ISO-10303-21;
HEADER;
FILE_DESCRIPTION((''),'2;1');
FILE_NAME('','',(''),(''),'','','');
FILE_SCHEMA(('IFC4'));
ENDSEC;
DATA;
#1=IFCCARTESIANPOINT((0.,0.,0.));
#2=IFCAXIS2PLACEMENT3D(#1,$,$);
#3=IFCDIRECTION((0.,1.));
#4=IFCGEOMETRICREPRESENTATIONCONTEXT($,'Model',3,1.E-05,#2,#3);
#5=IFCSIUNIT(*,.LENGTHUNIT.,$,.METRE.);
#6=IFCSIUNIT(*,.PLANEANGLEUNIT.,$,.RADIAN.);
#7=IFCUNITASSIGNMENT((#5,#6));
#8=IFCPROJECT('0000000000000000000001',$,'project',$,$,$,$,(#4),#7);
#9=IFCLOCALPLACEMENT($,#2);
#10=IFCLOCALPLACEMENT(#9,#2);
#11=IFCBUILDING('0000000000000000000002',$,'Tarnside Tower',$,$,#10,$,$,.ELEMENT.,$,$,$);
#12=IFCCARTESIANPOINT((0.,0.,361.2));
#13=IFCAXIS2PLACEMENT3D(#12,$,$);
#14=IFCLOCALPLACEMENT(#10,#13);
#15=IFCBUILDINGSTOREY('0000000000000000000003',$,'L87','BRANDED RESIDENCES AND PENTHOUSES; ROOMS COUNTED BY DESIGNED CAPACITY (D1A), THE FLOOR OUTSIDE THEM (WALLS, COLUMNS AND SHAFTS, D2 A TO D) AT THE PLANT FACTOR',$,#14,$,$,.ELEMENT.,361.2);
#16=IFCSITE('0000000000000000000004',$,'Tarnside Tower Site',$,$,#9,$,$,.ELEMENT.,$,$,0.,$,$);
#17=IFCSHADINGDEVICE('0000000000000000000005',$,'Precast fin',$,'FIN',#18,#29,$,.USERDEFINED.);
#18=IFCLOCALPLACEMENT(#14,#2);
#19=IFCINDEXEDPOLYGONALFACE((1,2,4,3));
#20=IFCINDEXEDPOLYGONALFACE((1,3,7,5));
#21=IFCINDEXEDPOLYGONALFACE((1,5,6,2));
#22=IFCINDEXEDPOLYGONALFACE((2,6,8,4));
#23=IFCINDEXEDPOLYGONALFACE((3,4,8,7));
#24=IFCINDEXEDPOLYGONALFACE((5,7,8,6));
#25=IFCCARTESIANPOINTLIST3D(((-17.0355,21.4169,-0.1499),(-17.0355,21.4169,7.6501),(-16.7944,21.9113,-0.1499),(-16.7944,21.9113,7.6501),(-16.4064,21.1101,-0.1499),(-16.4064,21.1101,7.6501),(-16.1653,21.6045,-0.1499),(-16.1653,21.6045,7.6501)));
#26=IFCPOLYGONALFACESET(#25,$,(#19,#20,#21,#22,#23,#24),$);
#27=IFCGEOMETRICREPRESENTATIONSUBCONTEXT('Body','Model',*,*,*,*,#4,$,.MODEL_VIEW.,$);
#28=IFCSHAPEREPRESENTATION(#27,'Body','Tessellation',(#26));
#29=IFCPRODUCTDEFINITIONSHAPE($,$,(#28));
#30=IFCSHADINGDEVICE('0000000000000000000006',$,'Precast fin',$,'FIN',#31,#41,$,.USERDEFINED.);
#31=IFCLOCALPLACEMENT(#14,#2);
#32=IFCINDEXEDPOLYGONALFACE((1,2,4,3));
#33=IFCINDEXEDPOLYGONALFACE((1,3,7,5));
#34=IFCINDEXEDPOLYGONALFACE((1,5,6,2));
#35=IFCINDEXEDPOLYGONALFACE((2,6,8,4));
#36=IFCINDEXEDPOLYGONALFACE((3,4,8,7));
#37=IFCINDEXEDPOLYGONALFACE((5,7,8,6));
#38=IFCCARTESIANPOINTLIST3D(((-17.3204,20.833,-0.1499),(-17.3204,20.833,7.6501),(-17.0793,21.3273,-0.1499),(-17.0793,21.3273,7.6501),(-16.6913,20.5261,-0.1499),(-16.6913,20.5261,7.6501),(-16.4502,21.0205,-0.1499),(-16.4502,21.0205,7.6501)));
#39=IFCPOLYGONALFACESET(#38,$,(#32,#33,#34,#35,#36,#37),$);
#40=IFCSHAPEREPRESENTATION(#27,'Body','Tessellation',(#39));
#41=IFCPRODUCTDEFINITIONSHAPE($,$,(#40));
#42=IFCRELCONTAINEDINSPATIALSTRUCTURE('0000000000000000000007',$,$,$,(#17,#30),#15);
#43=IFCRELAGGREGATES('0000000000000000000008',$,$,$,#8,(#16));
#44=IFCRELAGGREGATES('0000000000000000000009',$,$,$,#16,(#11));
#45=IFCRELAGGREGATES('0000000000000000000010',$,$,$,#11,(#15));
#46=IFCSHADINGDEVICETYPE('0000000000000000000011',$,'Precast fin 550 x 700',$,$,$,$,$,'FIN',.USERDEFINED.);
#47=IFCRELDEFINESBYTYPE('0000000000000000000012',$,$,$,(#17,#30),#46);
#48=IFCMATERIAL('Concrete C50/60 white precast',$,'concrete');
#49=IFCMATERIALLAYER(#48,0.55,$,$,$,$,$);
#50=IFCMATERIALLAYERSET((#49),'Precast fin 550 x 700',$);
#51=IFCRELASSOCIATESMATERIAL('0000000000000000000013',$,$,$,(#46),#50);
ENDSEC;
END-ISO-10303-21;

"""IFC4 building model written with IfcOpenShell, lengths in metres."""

from ifc_helpers import new_model, si_unit, direction, frame, origin, place, context, subcontext, project, spatial, polyline, outline, extrude, material, layer, layer_set, type_object, element, save


model = new_model("IFC4")

# Units and contexts
model_context = context("Model", 3, precision=1e-05, world=origin(), true_north=direction((0.0, 1.0)))
body_context = subcontext(model_context, "Body", "Model", "MODEL_VIEW")
ifc_project = project(units=[si_unit("LENGTHUNIT", "METRE"), si_unit("PLANEANGLEUNIT", "RADIAN")], contexts=[model_context])

# Site, building, storey
site_placement = place(None, origin())
site = spatial("IfcSite", under=ifc_project, at=site_placement, Name="Tarnside Tower Site", CompositionType="ELEMENT", RefElevation=0.0)
building_placement = place(site_placement, origin())
building = spatial("IfcBuilding", under=site, at=building_placement, Name="Tarnside Tower", CompositionType="ELEMENT")
storey_placement = place(building_placement, frame((0.0, 0.0, 361.2)))
storey = spatial("IfcBuildingStorey", under=building, at=storey_placement, Name="L87", Description="BRANDED RESIDENCES AND PENTHOUSES; ROOMS COUNTED BY DESIGNED CAPACITY (D1A), THE FLOOR OUTSIDE THEM (WALLS, COLUMNS AND SHAFTS, D2 A TO D) AT THE PLANT FACTOR", CompositionType="ELEMENT", Elevation=361.2)

# Shading devices
ifc_material_1 = material(Name="Concrete C50/60 white precast", Category="concrete")
ifc_layer_1 = layer(ifc_material_1, 0.55)
ifc_layer_set_1 = layer_set([ifc_layer_1], Name="Precast fin 550 x 700")
shading_device_type_1 = type_object("IfcShadingDeviceType", Name="Precast fin 550 x 700", ElementType="FIN", PredefinedType="USERDEFINED", material=ifc_layer_set_1)
for number, where, z_axis, x_axis, name in (
    (1, (-16.2859, 21.3572, -0.1499), (0.438371, 0.898794, 0.0), (-0.898794, 0.438371, 0.0), "Precast fin"),
    (2, (-16.5708, 20.7732, -0.1499), (0.438371, 0.898794, 0.0), (-0.898794, 0.438371, 0.0), "Precast fin"),
):
    element("IfcShadingDevice", number, at=place(storey_placement, frame(where, z_axis=z_axis, x_axis=x_axis)), inside=storey, type_object=shading_device_type_1, Name=name, ObjectType="FIN", PredefinedType="USERDEFINED", context=body_context, shape_type="SweptSolid", body=[
        extrude(outline(polyline([(0.0, 0.0), (0.7, 0.0), (0.7, 7.8), (0.0, 7.8), (0.0, 0.0)])), frame((0.0, 0.0, -0.2749)), (0.0, 0.0, 1.0), 0.55),
    ])

save(model, "model.ifc")
